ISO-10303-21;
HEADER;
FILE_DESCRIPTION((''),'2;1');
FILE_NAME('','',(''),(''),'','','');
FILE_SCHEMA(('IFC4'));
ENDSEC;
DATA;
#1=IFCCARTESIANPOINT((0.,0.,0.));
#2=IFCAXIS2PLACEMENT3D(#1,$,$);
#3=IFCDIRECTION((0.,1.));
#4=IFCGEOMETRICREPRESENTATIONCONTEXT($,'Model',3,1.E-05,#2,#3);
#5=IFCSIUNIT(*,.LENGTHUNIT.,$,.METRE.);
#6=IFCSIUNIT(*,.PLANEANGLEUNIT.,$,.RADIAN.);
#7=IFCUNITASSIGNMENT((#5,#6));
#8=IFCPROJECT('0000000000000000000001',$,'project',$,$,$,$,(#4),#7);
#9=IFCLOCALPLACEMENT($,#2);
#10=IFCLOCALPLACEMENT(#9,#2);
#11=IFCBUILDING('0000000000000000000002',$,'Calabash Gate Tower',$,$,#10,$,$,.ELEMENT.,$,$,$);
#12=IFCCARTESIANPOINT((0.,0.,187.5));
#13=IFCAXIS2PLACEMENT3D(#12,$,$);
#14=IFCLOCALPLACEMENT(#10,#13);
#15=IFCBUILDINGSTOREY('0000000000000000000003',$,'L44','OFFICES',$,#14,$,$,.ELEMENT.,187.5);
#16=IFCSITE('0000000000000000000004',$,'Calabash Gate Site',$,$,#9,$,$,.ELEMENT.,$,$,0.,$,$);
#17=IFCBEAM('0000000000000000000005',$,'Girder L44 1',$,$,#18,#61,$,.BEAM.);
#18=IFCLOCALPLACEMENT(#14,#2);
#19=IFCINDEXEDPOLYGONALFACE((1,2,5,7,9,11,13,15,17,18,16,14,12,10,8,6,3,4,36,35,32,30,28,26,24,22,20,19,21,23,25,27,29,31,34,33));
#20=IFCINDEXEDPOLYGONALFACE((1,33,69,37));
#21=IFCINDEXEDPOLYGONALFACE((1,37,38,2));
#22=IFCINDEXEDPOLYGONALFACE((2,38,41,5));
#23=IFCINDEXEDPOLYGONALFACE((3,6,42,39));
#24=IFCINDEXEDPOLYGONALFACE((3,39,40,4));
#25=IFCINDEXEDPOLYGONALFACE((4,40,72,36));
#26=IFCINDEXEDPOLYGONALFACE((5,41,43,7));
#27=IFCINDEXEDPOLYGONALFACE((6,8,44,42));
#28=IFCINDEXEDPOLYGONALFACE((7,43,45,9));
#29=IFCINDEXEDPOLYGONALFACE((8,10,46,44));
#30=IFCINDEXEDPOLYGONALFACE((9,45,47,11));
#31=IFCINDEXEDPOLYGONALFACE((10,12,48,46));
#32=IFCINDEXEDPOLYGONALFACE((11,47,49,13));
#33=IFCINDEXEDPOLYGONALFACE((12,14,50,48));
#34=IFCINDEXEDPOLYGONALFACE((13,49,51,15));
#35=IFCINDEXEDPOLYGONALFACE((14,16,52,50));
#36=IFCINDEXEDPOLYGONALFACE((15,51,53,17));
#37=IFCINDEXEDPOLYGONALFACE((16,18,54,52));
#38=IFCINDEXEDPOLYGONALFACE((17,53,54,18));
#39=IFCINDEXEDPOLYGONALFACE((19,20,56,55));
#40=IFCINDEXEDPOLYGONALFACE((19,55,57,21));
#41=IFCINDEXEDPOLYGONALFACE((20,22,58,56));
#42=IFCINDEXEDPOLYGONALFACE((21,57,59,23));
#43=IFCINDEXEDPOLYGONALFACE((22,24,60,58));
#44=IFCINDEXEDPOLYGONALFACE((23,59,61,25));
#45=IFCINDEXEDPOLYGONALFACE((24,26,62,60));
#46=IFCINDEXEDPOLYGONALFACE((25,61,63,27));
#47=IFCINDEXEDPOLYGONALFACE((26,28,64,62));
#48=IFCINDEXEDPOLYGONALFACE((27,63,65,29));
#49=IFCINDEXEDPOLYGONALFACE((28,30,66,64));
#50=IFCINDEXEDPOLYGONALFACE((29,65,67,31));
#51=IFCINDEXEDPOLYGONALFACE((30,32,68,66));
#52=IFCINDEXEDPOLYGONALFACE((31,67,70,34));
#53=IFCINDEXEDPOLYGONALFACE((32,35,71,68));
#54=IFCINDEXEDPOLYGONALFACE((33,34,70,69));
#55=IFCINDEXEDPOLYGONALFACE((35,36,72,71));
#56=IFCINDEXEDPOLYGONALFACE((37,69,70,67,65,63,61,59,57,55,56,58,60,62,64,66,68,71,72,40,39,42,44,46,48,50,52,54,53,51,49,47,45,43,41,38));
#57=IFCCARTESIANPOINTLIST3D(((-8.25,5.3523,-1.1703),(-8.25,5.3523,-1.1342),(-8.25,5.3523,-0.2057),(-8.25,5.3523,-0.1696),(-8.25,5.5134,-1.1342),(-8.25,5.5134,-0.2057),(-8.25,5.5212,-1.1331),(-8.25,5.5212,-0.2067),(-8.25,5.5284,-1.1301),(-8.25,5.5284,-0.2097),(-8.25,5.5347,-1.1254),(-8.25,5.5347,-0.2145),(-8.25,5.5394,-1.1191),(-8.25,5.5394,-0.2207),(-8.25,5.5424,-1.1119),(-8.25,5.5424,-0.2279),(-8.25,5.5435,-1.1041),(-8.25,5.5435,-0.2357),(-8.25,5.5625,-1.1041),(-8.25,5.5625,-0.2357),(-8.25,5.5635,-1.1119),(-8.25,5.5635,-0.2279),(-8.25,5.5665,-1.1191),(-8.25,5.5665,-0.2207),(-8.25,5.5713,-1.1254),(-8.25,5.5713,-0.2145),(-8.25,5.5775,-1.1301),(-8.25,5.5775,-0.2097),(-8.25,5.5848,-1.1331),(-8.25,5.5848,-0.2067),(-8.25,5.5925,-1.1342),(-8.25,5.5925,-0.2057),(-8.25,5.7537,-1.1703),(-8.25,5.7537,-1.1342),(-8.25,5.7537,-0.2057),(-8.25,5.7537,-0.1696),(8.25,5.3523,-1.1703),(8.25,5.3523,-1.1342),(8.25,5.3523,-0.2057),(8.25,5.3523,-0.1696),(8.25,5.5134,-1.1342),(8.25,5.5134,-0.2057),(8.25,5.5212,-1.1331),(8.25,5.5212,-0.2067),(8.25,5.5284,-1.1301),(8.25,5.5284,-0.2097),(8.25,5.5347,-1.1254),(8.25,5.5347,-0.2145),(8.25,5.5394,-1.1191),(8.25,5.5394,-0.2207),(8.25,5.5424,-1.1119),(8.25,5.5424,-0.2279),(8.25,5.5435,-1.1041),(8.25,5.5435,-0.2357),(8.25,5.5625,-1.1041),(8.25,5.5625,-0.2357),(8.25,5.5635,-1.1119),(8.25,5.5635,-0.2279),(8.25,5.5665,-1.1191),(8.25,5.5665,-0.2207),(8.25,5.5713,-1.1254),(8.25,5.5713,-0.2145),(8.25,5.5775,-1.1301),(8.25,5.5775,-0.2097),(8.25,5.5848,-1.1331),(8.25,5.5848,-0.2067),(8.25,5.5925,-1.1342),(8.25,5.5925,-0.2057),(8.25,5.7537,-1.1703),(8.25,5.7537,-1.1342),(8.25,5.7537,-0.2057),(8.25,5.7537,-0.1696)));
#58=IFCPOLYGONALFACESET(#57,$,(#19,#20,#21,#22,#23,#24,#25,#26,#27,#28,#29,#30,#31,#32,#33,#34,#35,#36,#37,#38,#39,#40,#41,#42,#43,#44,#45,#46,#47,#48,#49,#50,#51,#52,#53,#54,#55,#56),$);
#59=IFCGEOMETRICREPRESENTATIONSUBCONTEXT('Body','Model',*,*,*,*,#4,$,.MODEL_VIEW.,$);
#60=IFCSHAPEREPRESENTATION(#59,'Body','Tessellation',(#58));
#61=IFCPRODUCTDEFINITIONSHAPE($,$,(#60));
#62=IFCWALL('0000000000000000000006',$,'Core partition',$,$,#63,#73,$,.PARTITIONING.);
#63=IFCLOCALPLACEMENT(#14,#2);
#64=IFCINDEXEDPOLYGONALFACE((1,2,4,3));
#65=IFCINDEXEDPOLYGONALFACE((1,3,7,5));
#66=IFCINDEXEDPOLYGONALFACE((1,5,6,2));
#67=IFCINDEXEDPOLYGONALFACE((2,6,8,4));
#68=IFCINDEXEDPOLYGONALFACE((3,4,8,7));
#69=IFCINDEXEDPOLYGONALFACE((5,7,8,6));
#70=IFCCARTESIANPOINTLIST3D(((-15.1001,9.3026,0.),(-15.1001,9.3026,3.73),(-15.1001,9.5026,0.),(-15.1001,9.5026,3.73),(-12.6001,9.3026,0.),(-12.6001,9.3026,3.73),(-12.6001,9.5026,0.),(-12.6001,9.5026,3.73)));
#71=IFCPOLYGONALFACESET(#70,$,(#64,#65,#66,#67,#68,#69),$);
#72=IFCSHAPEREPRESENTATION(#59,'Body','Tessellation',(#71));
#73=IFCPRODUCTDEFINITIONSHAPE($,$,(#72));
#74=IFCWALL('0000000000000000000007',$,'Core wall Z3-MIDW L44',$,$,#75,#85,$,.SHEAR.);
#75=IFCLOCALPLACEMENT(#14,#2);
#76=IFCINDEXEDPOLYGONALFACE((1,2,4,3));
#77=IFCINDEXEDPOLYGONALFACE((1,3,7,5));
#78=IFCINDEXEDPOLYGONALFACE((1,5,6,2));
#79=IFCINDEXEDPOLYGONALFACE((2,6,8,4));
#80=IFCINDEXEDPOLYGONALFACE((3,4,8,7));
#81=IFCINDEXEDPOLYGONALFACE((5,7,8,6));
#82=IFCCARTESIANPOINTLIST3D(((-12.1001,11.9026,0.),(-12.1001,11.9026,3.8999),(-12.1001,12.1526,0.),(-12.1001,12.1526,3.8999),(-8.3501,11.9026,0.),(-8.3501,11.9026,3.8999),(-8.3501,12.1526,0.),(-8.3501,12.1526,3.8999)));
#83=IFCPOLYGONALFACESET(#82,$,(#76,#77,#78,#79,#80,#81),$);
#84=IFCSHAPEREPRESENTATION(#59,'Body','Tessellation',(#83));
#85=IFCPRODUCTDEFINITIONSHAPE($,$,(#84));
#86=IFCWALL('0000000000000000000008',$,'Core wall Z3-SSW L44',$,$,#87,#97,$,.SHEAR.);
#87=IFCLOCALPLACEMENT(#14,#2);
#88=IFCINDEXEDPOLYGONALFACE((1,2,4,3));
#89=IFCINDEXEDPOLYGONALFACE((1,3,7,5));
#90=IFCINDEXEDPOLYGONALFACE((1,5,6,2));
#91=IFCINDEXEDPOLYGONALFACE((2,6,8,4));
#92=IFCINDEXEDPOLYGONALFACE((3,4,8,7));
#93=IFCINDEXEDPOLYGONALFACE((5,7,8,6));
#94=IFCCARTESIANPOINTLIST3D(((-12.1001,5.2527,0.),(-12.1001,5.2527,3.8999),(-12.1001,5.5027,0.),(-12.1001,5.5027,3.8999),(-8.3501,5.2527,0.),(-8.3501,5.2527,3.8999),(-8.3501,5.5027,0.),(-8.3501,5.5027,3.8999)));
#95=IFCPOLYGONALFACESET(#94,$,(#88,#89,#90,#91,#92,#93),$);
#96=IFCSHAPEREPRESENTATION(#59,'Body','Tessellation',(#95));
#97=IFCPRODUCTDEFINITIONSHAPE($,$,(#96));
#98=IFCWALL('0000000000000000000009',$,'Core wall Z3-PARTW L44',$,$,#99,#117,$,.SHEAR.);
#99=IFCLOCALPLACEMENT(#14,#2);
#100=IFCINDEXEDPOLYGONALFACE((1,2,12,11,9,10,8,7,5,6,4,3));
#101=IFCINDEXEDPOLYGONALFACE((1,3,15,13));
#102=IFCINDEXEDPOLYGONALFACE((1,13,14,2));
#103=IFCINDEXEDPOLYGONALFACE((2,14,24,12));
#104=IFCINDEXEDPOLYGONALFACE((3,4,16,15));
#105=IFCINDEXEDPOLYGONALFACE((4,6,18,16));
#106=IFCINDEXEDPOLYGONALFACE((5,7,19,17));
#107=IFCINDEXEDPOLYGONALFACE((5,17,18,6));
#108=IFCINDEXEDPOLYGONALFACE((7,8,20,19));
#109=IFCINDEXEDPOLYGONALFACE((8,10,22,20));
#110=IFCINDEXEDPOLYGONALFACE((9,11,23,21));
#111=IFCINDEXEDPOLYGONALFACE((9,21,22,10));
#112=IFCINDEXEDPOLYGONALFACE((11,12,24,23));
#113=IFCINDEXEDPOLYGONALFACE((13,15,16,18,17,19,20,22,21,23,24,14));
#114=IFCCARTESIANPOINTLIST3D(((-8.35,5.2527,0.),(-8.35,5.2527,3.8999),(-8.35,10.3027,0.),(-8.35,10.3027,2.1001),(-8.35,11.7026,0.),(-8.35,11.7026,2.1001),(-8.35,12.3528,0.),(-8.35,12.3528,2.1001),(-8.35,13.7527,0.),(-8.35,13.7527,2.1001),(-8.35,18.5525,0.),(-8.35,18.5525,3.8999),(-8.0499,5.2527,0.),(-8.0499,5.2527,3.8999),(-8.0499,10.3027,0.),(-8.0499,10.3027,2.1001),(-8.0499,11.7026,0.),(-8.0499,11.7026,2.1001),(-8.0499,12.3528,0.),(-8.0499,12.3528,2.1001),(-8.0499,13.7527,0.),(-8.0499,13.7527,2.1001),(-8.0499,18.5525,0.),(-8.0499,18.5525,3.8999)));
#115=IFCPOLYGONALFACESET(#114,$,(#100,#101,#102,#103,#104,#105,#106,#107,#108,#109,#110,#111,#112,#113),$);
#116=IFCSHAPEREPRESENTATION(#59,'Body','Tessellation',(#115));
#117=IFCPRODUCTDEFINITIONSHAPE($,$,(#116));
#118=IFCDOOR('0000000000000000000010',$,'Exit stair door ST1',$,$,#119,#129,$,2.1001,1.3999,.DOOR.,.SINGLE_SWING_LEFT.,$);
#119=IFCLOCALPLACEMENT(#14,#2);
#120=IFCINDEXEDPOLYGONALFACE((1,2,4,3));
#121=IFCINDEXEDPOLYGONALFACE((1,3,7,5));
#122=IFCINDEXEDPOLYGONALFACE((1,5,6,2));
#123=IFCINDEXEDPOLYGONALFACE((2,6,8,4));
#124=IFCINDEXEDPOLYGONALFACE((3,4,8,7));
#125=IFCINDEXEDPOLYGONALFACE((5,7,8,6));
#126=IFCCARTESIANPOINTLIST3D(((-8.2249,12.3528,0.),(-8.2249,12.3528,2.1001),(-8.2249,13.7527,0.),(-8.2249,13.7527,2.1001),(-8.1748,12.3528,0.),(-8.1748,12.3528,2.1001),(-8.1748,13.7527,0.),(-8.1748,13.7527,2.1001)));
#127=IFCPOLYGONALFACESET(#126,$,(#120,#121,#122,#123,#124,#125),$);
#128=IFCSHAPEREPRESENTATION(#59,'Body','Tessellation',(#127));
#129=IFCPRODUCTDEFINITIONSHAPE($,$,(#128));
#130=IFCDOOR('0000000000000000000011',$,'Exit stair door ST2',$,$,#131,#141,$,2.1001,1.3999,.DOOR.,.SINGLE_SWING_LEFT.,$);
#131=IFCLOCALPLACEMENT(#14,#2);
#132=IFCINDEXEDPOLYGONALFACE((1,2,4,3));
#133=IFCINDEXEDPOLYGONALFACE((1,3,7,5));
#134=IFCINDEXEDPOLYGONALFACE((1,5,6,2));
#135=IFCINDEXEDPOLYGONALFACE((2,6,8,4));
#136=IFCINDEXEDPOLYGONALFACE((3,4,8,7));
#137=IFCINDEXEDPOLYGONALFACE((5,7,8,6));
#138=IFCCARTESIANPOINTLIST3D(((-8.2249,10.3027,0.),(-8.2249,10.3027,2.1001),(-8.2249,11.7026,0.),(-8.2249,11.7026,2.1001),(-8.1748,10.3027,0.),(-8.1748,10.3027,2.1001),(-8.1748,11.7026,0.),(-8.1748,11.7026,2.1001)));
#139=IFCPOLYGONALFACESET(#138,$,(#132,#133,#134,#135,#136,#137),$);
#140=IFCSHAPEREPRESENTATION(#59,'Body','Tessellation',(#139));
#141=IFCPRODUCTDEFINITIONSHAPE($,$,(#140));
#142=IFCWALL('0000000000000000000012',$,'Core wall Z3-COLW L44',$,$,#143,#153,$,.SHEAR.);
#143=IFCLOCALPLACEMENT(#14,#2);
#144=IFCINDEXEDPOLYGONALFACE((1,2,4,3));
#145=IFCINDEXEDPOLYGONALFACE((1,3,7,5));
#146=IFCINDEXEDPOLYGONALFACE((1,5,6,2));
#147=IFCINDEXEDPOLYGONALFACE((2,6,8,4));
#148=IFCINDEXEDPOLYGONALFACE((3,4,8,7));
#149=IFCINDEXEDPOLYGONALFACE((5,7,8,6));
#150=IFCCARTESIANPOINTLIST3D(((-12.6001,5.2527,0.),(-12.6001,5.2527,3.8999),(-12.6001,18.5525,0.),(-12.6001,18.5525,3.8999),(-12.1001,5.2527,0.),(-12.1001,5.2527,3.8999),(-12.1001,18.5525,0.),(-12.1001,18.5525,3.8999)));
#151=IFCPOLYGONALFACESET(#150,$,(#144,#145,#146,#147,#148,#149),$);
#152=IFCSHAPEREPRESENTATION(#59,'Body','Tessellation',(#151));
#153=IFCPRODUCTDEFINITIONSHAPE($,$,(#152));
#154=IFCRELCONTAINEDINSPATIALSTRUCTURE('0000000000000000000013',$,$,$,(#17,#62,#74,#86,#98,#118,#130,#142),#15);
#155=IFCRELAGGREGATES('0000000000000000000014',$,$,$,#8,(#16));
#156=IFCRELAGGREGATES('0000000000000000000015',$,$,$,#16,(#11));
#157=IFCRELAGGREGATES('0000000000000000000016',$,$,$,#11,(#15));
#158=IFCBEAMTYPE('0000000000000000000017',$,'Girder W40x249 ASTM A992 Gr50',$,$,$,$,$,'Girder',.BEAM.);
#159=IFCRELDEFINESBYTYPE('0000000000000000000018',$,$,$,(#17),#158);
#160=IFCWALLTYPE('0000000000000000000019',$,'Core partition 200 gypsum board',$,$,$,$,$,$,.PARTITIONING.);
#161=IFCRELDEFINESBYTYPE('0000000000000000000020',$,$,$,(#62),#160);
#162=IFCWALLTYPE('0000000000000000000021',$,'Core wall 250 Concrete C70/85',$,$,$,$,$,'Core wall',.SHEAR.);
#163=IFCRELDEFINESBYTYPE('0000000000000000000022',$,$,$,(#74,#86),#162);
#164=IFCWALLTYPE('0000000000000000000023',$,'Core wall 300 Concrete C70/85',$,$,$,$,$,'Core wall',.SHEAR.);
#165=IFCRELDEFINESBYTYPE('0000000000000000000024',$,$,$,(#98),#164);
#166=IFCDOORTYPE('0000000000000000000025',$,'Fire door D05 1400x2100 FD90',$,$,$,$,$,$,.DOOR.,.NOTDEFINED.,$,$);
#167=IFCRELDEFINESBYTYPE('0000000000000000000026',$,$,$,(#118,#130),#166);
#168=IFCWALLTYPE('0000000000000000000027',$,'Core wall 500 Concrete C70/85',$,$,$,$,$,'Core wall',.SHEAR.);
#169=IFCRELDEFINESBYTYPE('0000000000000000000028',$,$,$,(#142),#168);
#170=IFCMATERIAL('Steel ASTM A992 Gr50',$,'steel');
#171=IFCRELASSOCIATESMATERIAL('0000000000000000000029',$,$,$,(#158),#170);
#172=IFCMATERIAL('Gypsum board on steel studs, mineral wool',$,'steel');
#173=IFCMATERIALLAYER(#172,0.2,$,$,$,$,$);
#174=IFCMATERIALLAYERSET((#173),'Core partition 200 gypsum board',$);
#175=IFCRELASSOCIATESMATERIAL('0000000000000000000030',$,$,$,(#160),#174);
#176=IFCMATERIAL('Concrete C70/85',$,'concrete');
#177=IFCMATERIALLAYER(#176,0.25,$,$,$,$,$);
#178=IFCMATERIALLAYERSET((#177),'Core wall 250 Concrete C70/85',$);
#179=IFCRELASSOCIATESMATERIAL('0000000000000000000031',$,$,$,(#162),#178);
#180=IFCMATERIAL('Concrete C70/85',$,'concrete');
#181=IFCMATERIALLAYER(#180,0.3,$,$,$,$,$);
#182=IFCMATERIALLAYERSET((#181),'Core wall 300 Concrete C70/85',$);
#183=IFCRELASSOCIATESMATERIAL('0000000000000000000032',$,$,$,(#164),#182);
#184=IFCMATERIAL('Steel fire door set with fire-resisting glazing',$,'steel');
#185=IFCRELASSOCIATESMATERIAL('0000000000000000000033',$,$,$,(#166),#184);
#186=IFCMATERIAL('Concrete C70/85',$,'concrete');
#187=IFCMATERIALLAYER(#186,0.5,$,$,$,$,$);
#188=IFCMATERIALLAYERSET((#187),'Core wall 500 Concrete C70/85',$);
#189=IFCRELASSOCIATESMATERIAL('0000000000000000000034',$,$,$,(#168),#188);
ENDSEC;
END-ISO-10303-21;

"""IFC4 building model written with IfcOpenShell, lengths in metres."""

from ifc_helpers import new_model, si_unit, direction, frame, frame_2d, origin, origin_2d, place, context, subcontext, project, spatial, rectangle, i_section, extrude, material, layer, layer_set, material_profile, profile_set, type_object, element, fill, save


model = new_model("IFC4")

# Units and contexts
model_context = context("Model", 3, precision=1e-05, world=origin(), true_north=direction((0.0, 1.0)))
body_context = subcontext(model_context, "Body", "Model", "MODEL_VIEW")
ifc_project = project(units=[si_unit("LENGTHUNIT", "METRE"), si_unit("PLANEANGLEUNIT", "RADIAN")], contexts=[model_context])

# Site, building, storey
site_placement = place(None, origin())
site = spatial("IfcSite", under=ifc_project, at=site_placement, Name="Calabash Gate Site", CompositionType="ELEMENT", RefElevation=0.0)
building_placement = place(site_placement, origin())
building = spatial("IfcBuilding", under=site, at=building_placement, Name="Calabash Gate Tower", CompositionType="ELEMENT")
storey_placement = place(building_placement, frame((0.0, 0.0, 187.5)))
storey = spatial("IfcBuildingStorey", under=building, at=storey_placement, Name="L44", Description="OFFICES", CompositionType="ELEMENT", Elevation=187.5)

# Beam
ifc_material_1 = material(Name="Steel ASTM A992 Gr50", Category="steel")
ifc_material_profile = material_profile(ifc_material_1, i_section(OverallWidth=0.4014, OverallDepth=1.0007, WebThickness=0.019, FlangeThickness=0.0361, FilletRadius=0.03, at=origin_2d()))
ifc_profile_set = profile_set([ifc_material_profile], Name="Steel ASTM A992 Gr50")
beam_type = type_object("IfcBeamType", Name="Girder W40x249 ASTM A992 Gr50", ElementType="Girder", PredefinedType="BEAM", material=ifc_profile_set)
beam_placement = place(storey_placement, frame((-8.25, 5.553, -0.6699), z_axis=(1.0, 0.0, 0.0), x_axis=(0.0, 1.0, 0.0)))
element("IfcBeam", 1, at=beam_placement, inside=storey, type_object=beam_type, Name="Girder L44 1", PredefinedType="BEAM", context=body_context, shape_type="SweptSolid", body=[
    extrude(i_section(OverallWidth=0.4014, OverallDepth=1.0007, WebThickness=0.019, FlangeThickness=0.0361, FilletRadius=0.03, at=origin_2d()), origin(), (0.0, 0.0, 1.0), 16.5),
])

# Walls
ifc_material_2 = material(Name="Gypsum board on steel studs, mineral wool", Category="steel")
ifc_layer_1 = layer(ifc_material_2, 0.2)
ifc_layer_set_1 = layer_set([ifc_layer_1], Name="Core partition 200 gypsum board")
wall_type_1 = type_object("IfcWallType", Name="Core partition 200 gypsum board", PredefinedType="PARTITIONING", material=ifc_layer_set_1)
wall_1_placement = place(storey_placement, frame((-15.1001, 9.4026, 0.0), z_axis=(0.0, 0.0, 1.0), x_axis=(1.0, 0.0, 0.0)))
element("IfcWall", 2, at=wall_1_placement, inside=storey, type_object=wall_type_1, Name="Core partition", PredefinedType="PARTITIONING", context=body_context, shape_type="SweptSolid", body=[
    extrude(rectangle(XDim=2.5, YDim=0.2, at=frame_2d((1.25, 0.0))), origin(), (0.0, 0.0, 1.0), 3.73),
])
ifc_material_3 = material(Name="Concrete C70/85", Category="concrete")
ifc_layer_2 = layer(ifc_material_3, 0.25)
ifc_layer_set_2 = layer_set([ifc_layer_2], Name="Core wall 250 Concrete C70/85")
wall_type_2 = type_object("IfcWallType", Name="Core wall 250 Concrete C70/85", ElementType="Core wall", PredefinedType="SHEAR", material=ifc_layer_set_2)
for number, where, z_axis, x_axis, name in (
    (3, (-12.1001, 12.0276, 0.0), (0.0, 0.0, 1.0), (1.0, 0.0, 0.0), "Core wall Z3-MIDW L44"),
    (4, (-12.1001, 5.3777, 0.0), (0.0, 0.0, 1.0), (1.0, 0.0, 0.0), "Core wall Z3-SSW L44"),
):
    element("IfcWall", number, at=place(storey_placement, frame(where, z_axis=z_axis, x_axis=x_axis)), inside=storey, type_object=wall_type_2, Name=name, PredefinedType="SHEAR", context=body_context, shape_type="SweptSolid", body=[
        extrude(rectangle(XDim=3.75, YDim=0.25, at=frame_2d((1.875, 0.0))), origin(), (0.0, 0.0, 1.0), 3.8999),
    ])

# Wall, openings, doors
ifc_material_4 = material(Name="Concrete C70/85", Category="concrete")
ifc_layer_3 = layer(ifc_material_4, 0.3)
ifc_layer_set_3 = layer_set([ifc_layer_3], Name="Core wall 300 Concrete C70/85")
wall_type_3 = type_object("IfcWallType", Name="Core wall 300 Concrete C70/85", ElementType="Core wall", PredefinedType="SHEAR", material=ifc_layer_set_3)
wall_2_placement = place(storey_placement, frame((-8.2, 5.2527, 0.0), z_axis=(0.0, 0.0, 1.0), x_axis=(0.0, 1.0, 0.0)))
wall_2 = element("IfcWall", 5, at=wall_2_placement, inside=storey, type_object=wall_type_3, Name="Core wall Z3-PARTW L44", PredefinedType="SHEAR", context=body_context, shape_type="SweptSolid", body=[
    extrude(rectangle(XDim=13.2998, YDim=0.3, at=frame_2d((6.6499, 0.0))), origin(), (0.0, 0.0, 1.0), 3.8999),
])
opening_1_placement = place(wall_2_placement, frame((7.1001, 0.0, 0.0)))
opening_1 = element("IfcOpeningElement", 6, at=opening_1_placement, cuts=wall_2, PredefinedType="OPENING", context=body_context, shape_type="SweptSolid", body=[
    extrude(rectangle(XDim=1.3999, YDim=2.1001, at=frame_2d((0.7, 1.05))), frame((0.0, 0.1599, 0.0), z_axis=(0.0, -1.0, 0.0), x_axis=(1.0, 0.0, 0.0)), (0.0, 0.0, 1.0), 0.3201),
])
opening_2_placement = place(wall_2_placement, frame((5.05, 0.0, 0.0)))
opening_2 = element("IfcOpeningElement", 7, at=opening_2_placement, cuts=wall_2, PredefinedType="OPENING", context=body_context, shape_type="SweptSolid", body=[
    extrude(rectangle(XDim=1.3999, YDim=2.1001, at=frame_2d((0.7, 1.05))), frame((0.0, 0.1599, 0.0), z_axis=(0.0, -1.0, 0.0), x_axis=(1.0, 0.0, 0.0)), (0.0, 0.0, 1.0), 0.3201),
])
ifc_material_5 = material(Name="Steel fire door set with fire-resisting glazing", Category="steel")
door_type_1 = type_object("IfcDoorType", Name="Fire door D05 1400x2100 FD90", OperationType="NOTDEFINED", PredefinedType="DOOR", material=ifc_material_5)
door_1_placement = place(opening_1_placement, origin())
door_1 = element("IfcDoor", 8, at=door_1_placement, inside=storey, type_object=door_type_1, Name="Exit stair door ST1", OperationType="SINGLE_SWING_LEFT", OverallHeight=2.1001, OverallWidth=1.3999, PredefinedType="DOOR", context=body_context, shape_type="SweptSolid", body=[
    extrude(rectangle(XDim=1.3999, YDim=2.1001, at=frame_2d((0.7, 1.05))), frame((0.0, 0.0249, 0.0), z_axis=(0.0, -1.0, 0.0), x_axis=(1.0, 0.0, 0.0)), (0.0, 0.0, 1.0), 0.05),
])
fill(opening_1, door_1)
door_2_placement = place(opening_2_placement, origin())
door_2 = element("IfcDoor", 9, at=door_2_placement, inside=storey, type_object=door_type_1, Name="Exit stair door ST2", OperationType="SINGLE_SWING_LEFT", OverallHeight=2.1001, OverallWidth=1.3999, PredefinedType="DOOR", context=body_context, shape_type="SweptSolid", body=[
    extrude(rectangle(XDim=1.3999, YDim=2.1001, at=frame_2d((0.7, 1.05))), frame((0.0, 0.0249, 0.0), z_axis=(0.0, -1.0, 0.0), x_axis=(1.0, 0.0, 0.0)), (0.0, 0.0, 1.0), 0.05),
])
fill(opening_2, door_2)

# Wall
ifc_material_6 = material(Name="Concrete C70/85", Category="concrete")
ifc_layer_4 = layer(ifc_material_6, 0.5)
ifc_layer_set_4 = layer_set([ifc_layer_4], Name="Core wall 500 Concrete C70/85")
wall_type_4 = type_object("IfcWallType", Name="Core wall 500 Concrete C70/85", ElementType="Core wall", PredefinedType="SHEAR", material=ifc_layer_set_4)
wall_3_placement = place(storey_placement, frame((-12.3501, 5.2527, 0.0), z_axis=(0.0, 0.0, 1.0), x_axis=(0.0, 1.0, 0.0)))
element("IfcWall", 10, at=wall_3_placement, inside=storey, type_object=wall_type_4, Name="Core wall Z3-COLW L44", PredefinedType="SHEAR", context=body_context, shape_type="SweptSolid", body=[
    extrude(rectangle(XDim=13.2998, YDim=0.5, at=frame_2d((6.6499, 0.0))), origin(), (0.0, 0.0, 1.0), 3.8999),
])

save(model, "model.ifc")
